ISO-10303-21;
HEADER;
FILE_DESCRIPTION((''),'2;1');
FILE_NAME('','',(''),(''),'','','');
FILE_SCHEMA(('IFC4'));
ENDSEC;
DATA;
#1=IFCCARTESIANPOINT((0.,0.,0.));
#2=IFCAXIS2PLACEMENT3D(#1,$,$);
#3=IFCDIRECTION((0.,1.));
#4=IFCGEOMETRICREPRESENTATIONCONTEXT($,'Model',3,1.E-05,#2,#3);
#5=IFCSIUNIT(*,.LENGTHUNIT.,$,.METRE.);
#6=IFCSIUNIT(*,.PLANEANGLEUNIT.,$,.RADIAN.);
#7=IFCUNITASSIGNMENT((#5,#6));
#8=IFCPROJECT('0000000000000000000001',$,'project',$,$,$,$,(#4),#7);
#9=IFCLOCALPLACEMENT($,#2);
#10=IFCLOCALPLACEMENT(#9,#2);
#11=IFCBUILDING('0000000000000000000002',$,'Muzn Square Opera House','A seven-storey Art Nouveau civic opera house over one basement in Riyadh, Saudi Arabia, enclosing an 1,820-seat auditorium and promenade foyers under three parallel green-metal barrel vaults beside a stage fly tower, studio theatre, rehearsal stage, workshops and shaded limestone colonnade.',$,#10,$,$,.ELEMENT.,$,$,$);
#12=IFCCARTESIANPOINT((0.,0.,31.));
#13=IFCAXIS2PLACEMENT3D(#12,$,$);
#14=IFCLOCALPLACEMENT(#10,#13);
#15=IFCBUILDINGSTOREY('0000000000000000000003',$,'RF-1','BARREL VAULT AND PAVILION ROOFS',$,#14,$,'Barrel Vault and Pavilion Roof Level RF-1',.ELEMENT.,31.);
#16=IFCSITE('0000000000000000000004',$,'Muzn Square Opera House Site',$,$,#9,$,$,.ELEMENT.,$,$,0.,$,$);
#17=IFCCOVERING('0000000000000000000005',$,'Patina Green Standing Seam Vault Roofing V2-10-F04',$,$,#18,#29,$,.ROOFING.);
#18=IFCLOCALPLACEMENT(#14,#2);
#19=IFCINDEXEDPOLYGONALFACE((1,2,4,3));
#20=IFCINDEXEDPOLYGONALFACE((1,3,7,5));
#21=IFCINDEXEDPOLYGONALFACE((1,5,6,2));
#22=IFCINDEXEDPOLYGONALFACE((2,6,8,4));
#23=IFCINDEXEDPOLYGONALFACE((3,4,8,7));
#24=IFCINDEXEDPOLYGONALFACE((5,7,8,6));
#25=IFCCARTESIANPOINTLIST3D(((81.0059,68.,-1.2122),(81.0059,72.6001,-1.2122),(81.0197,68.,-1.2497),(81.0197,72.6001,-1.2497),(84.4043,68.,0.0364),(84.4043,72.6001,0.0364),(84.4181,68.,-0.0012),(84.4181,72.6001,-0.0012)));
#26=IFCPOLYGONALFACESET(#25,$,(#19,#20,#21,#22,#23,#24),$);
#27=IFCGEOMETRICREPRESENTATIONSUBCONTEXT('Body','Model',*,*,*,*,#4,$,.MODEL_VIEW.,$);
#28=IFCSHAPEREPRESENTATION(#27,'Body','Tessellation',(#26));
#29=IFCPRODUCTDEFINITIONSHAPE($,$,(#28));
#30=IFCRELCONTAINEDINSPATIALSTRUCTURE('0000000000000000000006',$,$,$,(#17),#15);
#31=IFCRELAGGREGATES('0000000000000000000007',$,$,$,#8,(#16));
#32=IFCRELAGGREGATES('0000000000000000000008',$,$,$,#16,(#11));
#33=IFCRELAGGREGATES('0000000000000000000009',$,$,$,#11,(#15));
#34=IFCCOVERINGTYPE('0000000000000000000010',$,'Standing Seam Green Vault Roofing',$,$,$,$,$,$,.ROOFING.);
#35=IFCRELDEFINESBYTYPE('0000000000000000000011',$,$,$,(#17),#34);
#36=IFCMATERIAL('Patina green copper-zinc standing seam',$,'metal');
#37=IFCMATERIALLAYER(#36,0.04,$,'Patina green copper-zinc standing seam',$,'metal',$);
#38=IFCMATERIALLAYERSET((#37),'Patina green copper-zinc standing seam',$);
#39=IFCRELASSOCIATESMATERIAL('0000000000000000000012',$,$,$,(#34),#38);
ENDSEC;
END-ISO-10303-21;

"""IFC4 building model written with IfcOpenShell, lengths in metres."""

from ifc_helpers import new_model, si_unit, direction, frame, origin, place, context, subcontext, project, spatial, polyline, outline, extrude, material, layer, layer_set, type_object, element, save


model = new_model("IFC4")

# Units and contexts
model_context = context("Model", 3, precision=1e-05, world=origin(), true_north=direction((0.0, 1.0)))
body_context = subcontext(model_context, "Body", "Model", "MODEL_VIEW")
ifc_project = project(units=[si_unit("LENGTHUNIT", "METRE"), si_unit("PLANEANGLEUNIT", "RADIAN")], contexts=[model_context])

# Site, building, storey
site_placement = place(None, origin())
site = spatial("IfcSite", under=ifc_project, at=site_placement, Name="Muzn Square Opera House Site", CompositionType="ELEMENT", RefElevation=0.0)
building_placement = place(site_placement, origin())
building = spatial("IfcBuilding", under=site, at=building_placement, Name="Muzn Square Opera House", Description="A seven-storey Art Nouveau civic opera house over one basement in Riyadh, Saudi Arabia, enclosing an 1,820-seat auditorium and promenade foyers under three parallel green-metal barrel vaults beside a stage fly tower, studio theatre, rehearsal stage, workshops and shaded limestone colonnade.", CompositionType="ELEMENT")
storey_placement = place(building_placement, frame((0.0, 0.0, 31.0)))
storey = spatial("IfcBuildingStorey", under=building, at=storey_placement, Name="RF-1", Description="BARREL VAULT AND PAVILION ROOFS", LongName="Barrel Vault and Pavilion Roof Level RF-1", CompositionType="ELEMENT", Elevation=31.0)

# Shared definitions
ifc_material_1 = material(Name="Patina green copper-zinc standing seam", Category="metal")

# Covering
ifc_layer_1 = layer(ifc_material_1, 0.04, Name="Patina green copper-zinc standing seam", Category="metal")
ifc_layer_set_1 = layer_set([ifc_layer_1], Name="Patina green copper-zinc standing seam")
covering_type = type_object("IfcCoveringType", Name="Standing Seam Green Vault Roofing", PredefinedType="ROOFING", material=ifc_layer_set_1)
covering_1_placement = place(storey_placement, frame((84.4043, 68.0, 0.0364), z_axis=(-0.344849, 0.0, 0.938658), x_axis=(0.0, 1.0, 0.0)))
element("IfcCovering", 1, at=covering_1_placement, inside=storey, type_object=covering_type, Name="Patina Green Standing Seam Vault Roofing V2-10-F04", PredefinedType="ROOFING", context=body_context, shape_type="SweptSolid", body=[
    extrude(outline(polyline([(0.0, 3.6205), (0.0, 0.0), (4.6001, 0.0), (4.6001, 3.6205), (0.0, 3.6205)])), origin(), (0.0, 0.0, -1.0), 0.04),
])

save(model, "model.ifc")
